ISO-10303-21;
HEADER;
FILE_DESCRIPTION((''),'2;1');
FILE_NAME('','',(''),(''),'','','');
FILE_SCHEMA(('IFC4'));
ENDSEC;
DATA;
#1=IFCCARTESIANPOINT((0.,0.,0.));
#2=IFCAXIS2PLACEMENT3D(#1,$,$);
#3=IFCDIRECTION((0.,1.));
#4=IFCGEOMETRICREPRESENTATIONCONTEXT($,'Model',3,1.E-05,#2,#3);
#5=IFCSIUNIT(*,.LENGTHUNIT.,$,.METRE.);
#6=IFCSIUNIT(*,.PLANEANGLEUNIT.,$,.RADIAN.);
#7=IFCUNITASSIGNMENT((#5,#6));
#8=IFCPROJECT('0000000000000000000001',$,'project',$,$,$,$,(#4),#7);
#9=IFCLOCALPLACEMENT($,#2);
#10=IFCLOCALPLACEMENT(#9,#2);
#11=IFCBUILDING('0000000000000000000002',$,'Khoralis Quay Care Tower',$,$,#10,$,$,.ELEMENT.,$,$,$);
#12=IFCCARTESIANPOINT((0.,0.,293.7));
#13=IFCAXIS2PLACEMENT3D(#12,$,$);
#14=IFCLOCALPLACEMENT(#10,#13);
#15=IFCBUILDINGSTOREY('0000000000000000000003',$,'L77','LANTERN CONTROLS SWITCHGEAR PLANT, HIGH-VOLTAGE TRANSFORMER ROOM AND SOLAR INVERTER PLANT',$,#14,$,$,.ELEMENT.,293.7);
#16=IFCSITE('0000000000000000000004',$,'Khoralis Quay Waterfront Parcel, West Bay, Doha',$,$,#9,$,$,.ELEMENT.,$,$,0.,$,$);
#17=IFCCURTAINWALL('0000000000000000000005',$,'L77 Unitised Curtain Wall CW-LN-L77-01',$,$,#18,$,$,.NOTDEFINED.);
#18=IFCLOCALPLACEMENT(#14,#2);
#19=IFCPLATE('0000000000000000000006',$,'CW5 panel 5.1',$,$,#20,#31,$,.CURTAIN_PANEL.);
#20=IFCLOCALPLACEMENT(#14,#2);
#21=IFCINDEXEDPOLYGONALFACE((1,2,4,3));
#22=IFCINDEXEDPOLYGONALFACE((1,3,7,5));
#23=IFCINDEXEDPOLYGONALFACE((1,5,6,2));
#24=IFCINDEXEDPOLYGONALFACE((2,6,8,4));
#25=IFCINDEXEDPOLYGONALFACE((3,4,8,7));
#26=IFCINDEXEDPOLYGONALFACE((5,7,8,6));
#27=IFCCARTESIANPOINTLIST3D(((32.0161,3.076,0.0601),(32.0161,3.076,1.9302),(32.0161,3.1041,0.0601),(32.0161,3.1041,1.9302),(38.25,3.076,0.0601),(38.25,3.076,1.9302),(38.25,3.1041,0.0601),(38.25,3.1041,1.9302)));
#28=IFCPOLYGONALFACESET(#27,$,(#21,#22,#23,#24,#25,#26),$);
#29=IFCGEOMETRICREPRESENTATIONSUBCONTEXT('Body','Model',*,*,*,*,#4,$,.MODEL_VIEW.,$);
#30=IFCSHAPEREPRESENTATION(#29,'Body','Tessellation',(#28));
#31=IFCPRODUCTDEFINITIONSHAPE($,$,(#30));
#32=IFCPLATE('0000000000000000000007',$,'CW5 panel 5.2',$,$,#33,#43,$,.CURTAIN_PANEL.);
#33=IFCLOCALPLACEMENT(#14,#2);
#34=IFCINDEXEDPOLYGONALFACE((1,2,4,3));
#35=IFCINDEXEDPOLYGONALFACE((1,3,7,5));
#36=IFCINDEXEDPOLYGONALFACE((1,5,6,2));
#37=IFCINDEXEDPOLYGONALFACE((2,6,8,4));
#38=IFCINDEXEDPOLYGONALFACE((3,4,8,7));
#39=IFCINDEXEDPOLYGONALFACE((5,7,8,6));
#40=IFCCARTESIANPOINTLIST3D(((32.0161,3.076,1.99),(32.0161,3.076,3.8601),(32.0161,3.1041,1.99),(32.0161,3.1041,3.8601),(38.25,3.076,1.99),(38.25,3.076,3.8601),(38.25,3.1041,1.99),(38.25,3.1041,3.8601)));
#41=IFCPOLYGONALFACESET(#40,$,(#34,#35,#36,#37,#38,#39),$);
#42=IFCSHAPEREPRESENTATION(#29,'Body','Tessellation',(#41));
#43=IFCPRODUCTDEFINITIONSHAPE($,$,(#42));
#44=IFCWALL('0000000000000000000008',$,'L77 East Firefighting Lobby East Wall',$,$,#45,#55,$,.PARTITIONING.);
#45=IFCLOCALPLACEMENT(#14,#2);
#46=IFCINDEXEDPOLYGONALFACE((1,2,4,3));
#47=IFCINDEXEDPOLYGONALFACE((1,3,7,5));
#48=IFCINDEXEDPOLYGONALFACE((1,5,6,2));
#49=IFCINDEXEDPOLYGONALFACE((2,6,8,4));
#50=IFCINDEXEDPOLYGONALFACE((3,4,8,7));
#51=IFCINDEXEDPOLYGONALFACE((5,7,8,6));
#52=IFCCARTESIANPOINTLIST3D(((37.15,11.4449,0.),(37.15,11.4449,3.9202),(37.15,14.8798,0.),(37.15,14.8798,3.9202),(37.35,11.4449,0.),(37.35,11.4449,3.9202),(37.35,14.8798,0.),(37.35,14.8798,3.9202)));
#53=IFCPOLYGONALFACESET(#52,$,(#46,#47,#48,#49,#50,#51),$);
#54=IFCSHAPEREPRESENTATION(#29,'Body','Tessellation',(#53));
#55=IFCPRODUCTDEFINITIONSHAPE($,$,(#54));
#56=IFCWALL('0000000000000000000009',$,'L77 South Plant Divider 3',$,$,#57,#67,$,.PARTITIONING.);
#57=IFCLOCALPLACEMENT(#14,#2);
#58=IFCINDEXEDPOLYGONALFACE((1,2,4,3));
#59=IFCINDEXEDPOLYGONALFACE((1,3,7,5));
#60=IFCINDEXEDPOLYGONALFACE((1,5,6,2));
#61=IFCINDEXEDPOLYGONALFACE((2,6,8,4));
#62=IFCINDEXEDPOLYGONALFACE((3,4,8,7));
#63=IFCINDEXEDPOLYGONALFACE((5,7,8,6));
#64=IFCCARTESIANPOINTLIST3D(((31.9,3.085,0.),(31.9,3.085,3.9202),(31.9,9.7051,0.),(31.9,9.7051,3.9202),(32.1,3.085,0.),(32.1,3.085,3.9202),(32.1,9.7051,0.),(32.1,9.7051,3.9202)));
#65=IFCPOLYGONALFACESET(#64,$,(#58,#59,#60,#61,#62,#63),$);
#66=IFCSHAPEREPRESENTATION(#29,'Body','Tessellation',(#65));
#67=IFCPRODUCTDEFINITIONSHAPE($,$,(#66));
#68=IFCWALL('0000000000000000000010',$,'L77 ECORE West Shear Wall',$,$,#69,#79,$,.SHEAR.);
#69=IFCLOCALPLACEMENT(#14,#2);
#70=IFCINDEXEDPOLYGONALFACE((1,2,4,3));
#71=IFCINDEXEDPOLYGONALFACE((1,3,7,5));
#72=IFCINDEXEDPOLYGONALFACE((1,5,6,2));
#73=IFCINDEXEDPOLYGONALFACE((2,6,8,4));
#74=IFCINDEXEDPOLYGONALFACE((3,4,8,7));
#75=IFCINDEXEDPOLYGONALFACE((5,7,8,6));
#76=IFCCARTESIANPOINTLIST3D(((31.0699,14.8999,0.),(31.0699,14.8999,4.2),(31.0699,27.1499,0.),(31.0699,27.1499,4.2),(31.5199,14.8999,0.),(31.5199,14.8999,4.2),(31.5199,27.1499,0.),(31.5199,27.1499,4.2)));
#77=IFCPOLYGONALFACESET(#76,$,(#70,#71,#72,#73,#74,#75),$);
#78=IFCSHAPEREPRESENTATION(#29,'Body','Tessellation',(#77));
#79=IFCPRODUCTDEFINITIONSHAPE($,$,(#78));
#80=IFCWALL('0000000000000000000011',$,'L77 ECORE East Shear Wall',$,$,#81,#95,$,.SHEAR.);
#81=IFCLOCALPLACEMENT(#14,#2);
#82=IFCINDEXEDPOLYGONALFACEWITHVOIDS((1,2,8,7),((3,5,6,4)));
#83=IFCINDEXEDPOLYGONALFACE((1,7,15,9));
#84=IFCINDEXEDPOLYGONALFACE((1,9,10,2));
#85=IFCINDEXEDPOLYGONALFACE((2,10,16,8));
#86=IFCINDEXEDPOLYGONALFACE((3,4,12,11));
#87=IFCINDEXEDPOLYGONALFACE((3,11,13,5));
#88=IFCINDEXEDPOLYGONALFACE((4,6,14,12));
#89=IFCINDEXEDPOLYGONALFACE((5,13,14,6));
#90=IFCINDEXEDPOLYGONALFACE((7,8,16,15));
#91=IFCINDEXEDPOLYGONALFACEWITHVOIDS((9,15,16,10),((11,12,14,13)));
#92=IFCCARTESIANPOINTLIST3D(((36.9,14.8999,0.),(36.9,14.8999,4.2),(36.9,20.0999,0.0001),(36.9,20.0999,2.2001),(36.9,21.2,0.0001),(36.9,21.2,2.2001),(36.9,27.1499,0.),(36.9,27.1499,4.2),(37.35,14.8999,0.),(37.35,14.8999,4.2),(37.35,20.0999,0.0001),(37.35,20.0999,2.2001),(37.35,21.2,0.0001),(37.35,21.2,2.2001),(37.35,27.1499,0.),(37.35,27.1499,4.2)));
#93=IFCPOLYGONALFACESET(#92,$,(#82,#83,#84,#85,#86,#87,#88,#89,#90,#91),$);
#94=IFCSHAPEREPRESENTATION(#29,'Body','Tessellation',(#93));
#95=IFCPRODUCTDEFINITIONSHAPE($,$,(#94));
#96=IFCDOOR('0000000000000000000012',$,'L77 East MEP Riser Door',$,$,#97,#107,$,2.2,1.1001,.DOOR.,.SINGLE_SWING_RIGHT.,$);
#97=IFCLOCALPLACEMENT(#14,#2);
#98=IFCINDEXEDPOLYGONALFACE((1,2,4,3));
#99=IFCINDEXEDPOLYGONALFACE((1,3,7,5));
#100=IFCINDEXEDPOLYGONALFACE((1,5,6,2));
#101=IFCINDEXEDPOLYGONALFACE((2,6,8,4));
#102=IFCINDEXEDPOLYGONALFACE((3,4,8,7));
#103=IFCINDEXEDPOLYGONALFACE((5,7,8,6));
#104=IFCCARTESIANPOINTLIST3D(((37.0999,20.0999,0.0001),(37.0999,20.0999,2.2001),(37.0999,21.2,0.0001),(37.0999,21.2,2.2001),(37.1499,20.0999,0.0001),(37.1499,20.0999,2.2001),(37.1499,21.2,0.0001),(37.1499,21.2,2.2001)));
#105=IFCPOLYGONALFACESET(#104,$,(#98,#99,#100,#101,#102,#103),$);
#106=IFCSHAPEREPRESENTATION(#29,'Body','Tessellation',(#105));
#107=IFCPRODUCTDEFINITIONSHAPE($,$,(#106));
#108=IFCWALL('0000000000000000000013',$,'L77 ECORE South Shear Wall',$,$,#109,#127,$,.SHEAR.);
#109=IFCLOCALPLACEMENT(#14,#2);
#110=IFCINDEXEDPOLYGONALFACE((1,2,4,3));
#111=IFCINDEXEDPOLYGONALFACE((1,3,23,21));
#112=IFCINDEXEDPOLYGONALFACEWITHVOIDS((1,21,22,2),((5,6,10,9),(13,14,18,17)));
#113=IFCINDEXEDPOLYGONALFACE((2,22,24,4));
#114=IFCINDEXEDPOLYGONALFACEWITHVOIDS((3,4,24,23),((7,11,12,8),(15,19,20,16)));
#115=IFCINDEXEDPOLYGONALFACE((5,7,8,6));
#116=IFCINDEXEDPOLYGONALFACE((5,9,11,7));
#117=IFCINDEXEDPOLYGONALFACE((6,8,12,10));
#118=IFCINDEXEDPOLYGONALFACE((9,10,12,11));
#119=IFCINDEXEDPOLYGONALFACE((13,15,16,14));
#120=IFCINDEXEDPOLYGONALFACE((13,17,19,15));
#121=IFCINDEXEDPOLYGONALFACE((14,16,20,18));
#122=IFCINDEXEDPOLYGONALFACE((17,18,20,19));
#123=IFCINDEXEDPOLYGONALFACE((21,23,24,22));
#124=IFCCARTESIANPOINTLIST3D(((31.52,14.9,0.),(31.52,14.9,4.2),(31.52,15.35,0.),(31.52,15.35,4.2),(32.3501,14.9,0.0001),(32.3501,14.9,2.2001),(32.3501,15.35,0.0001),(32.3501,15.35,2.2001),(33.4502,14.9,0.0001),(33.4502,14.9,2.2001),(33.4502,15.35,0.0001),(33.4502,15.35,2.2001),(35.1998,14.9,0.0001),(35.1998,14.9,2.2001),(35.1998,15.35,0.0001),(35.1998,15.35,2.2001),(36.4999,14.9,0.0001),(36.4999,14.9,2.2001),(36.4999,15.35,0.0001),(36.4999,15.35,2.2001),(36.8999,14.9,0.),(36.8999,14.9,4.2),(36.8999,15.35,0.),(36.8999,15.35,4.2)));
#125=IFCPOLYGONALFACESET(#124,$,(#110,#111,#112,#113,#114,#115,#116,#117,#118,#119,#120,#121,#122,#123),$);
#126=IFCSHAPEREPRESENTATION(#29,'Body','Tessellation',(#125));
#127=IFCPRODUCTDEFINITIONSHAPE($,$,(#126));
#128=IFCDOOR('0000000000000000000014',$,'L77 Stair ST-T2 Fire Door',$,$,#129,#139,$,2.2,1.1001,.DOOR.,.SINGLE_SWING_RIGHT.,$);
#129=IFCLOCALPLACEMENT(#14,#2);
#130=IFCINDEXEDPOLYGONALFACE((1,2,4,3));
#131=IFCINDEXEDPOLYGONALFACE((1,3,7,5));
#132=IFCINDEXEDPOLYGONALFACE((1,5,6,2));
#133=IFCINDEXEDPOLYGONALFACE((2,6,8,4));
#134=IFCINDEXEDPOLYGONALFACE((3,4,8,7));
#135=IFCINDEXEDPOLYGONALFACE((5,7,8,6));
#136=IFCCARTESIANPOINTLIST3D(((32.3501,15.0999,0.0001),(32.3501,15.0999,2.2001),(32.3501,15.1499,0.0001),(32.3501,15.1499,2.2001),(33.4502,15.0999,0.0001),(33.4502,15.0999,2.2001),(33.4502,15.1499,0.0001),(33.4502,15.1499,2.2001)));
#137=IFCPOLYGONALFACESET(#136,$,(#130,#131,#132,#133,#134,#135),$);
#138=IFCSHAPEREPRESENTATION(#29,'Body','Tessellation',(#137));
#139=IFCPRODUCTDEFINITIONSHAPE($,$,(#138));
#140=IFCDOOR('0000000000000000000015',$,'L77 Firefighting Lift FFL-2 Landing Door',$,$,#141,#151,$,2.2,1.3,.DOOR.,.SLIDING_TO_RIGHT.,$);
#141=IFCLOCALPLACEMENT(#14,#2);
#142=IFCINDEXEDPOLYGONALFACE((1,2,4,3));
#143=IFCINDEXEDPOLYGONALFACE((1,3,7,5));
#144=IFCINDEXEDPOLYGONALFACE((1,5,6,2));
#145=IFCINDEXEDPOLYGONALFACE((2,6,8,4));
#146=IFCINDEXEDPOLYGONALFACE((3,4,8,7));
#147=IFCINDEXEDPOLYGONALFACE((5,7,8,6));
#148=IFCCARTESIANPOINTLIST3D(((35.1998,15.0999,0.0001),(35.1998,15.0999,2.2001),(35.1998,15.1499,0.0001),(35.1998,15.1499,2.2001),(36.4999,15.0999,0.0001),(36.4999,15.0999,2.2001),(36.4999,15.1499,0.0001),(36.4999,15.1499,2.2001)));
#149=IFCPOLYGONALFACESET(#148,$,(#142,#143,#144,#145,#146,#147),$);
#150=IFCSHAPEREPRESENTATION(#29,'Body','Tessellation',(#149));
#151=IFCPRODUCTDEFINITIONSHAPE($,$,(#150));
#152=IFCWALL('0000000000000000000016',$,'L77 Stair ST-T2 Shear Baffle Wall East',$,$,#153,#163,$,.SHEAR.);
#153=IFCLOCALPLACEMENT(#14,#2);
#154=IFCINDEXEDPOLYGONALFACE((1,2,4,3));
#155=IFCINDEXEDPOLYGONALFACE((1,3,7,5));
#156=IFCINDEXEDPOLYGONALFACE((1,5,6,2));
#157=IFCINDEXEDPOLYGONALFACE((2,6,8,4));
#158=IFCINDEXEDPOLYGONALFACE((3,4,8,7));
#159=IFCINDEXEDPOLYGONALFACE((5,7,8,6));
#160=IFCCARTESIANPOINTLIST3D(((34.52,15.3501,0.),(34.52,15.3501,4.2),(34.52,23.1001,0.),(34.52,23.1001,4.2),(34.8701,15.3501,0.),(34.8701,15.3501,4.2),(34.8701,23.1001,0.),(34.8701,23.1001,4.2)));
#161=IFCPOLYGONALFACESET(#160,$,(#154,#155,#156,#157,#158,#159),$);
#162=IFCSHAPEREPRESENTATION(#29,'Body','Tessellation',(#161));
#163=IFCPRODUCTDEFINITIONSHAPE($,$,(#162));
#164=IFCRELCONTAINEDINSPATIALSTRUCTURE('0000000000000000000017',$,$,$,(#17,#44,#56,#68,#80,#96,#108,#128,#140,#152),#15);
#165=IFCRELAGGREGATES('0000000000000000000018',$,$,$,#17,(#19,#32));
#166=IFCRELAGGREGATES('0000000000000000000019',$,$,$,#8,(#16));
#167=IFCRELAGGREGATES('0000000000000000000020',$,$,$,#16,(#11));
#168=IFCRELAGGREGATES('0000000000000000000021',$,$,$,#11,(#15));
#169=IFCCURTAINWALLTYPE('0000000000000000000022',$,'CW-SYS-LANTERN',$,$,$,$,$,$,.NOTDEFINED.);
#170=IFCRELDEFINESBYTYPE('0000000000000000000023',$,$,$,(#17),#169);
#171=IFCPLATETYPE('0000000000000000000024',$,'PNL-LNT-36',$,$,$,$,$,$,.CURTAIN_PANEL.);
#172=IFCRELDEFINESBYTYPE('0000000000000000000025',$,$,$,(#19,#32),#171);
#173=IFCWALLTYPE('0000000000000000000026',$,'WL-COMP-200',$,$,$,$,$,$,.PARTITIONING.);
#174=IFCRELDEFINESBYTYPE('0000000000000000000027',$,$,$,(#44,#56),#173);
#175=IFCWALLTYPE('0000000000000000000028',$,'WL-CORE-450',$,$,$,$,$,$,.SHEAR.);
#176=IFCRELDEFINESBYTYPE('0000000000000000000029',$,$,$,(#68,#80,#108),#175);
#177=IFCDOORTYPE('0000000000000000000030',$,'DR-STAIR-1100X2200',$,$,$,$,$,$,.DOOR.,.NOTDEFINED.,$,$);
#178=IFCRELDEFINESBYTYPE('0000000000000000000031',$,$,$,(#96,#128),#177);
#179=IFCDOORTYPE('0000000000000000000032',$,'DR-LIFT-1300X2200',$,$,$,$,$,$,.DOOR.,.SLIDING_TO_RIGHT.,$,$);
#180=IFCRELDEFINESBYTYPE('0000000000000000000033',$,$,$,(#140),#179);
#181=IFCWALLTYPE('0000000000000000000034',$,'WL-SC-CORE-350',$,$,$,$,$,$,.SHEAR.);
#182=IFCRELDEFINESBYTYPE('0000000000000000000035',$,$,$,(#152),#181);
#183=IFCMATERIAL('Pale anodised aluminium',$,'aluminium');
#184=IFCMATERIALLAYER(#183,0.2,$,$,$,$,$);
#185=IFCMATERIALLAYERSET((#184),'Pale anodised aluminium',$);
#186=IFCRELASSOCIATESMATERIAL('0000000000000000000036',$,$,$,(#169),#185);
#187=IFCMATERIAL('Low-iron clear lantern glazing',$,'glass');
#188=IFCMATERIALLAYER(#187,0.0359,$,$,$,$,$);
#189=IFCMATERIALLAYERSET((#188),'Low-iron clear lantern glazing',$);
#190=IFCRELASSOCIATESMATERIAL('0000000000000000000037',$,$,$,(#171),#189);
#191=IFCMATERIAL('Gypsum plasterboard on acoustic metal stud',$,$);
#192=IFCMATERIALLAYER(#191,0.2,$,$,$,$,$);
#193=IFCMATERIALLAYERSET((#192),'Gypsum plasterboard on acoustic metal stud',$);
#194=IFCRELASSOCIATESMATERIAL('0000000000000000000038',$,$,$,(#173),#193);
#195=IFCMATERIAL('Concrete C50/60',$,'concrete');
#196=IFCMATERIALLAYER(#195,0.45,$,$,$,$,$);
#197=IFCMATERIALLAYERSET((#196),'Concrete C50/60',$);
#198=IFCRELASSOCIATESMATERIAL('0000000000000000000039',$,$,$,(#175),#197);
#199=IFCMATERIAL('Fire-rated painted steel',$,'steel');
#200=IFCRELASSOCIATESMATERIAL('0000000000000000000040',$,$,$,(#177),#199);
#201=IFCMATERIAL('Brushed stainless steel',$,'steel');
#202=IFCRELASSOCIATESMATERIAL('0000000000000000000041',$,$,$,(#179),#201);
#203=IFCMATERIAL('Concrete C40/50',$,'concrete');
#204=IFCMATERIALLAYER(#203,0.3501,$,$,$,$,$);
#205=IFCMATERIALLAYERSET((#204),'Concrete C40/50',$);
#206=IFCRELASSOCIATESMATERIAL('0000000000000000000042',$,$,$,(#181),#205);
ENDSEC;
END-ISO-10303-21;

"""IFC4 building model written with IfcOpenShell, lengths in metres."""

from ifc_helpers import new_model, si_unit, direction, frame, frame_2d, origin, origin_2d, place, context, subcontext, project, spatial, rectangle, extrude, source, transform, mapped, material, layer, layer_set, type_object, element, fill, aggregate, save


model = new_model("IFC4")

# Units and contexts
model_context = context("Model", 3, precision=1e-05, world=origin(), true_north=direction((0.0, 1.0)))
body_context = subcontext(model_context, "Body", "Model", "MODEL_VIEW")
ifc_project = project(units=[si_unit("LENGTHUNIT", "METRE"), si_unit("PLANEANGLEUNIT", "RADIAN")], contexts=[model_context])

# Site, building, storey
site_placement = place(None, origin())
site = spatial("IfcSite", under=ifc_project, at=site_placement, Name="Khoralis Quay Waterfront Parcel, West Bay, Doha", CompositionType="ELEMENT", RefElevation=0.0)
building_placement = place(site_placement, origin())
building = spatial("IfcBuilding", under=site, at=building_placement, Name="Khoralis Quay Care Tower", CompositionType="ELEMENT")
storey_placement = place(building_placement, frame((0.0, 0.0, 293.7)))
storey = spatial("IfcBuildingStorey", under=building, at=storey_placement, Name="L77", Description="LANTERN CONTROLS SWITCHGEAR PLANT, HIGH-VOLTAGE TRANSFORMER ROOM AND SOLAR INVERTER PLANT", CompositionType="ELEMENT", Elevation=293.7)

# Shared definitions
ifc_material_1 = material(Name="Concrete C50/60", Category="concrete")

# Curtain wall
ifc_material_2 = material(Name="Pale anodised aluminium", Category="aluminium")
ifc_layer_1 = layer(ifc_material_2, 0.2)
ifc_layer_set_1 = layer_set([ifc_layer_1], Name="Pale anodised aluminium")
curtain_wall_type = type_object("IfcCurtainWallType", Name="CW-SYS-LANTERN", PredefinedType="NOTDEFINED", material=ifc_layer_set_1)
curtain_wall_placement = place(storey_placement, origin())
curtain_wall = element("IfcCurtainWall", 1, at=curtain_wall_placement, inside=storey, type_object=curtain_wall_type, Name="L77 Unitised Curtain Wall CW-LN-L77-01", PredefinedType="NOTDEFINED")

# Plates
ifc_material_3 = material(Name="Low-iron clear lantern glazing", Category="glass")
ifc_layer_2 = layer(ifc_material_3, 0.0359)
ifc_layer_set_2 = layer_set([ifc_layer_2], Name="Low-iron clear lantern glazing")
plate_type_1 = type_object("IfcPlateType", Name="PNL-LNT-36", PredefinedType="CURTAIN_PANEL", material=ifc_layer_set_2)
shared_shape_1 = source(origin(), body_context, "Body", "SweptSolid", [
    extrude(rectangle(XDim=6.2339, YDim=0.0281, at=origin_2d()), origin(), (0.0, 0.0, 1.0), 1.8701),
])
plate_1_placement = place(storey_placement, frame((35.1331, 3.0901, 0.0601), z_axis=(0.0, 0.0, 1.0), x_axis=(1.0, 0.0, 0.0)))
plate_1 = element("IfcPlate", 2, at=plate_1_placement, type_object=plate_type_1, Name="CW5 panel 5.1", PredefinedType="CURTAIN_PANEL", context=body_context, shape_type="MappedRepresentation", body=[
    mapped(shared_shape_1, transform((0.0, 0.0, 0.0), scale=1.0)),
])
plate_2_placement = place(storey_placement, frame((35.1331, 3.0901, 1.99), z_axis=(0.0, 0.0, 1.0), x_axis=(1.0, 0.0, 0.0)))
plate_2 = element("IfcPlate", 3, at=plate_2_placement, type_object=plate_type_1, Name="CW5 panel 5.2", PredefinedType="CURTAIN_PANEL", context=body_context, shape_type="MappedRepresentation", body=[
    mapped(shared_shape_1, transform((0.0, 0.0, 0.0), scale=1.0)),
])
aggregate(curtain_wall, [plate_1, plate_2])

# Walls
ifc_material_4 = material(Name="Gypsum plasterboard on acoustic metal stud")
ifc_layer_3 = layer(ifc_material_4, 0.2)
ifc_layer_set_3 = layer_set([ifc_layer_3], Name="Gypsum plasterboard on acoustic metal stud")
wall_type_1 = type_object("IfcWallType", Name="WL-COMP-200", PredefinedType="PARTITIONING", material=ifc_layer_set_3)
wall_1_placement = place(storey_placement, frame((37.25, 11.4451, 0.0), z_axis=(0.0, 0.0, 1.0), x_axis=(0.0, 1.0, 0.0)))
element("IfcWall", 4, at=wall_1_placement, inside=storey, type_object=wall_type_1, Name="L77 East Firefighting Lobby East Wall", PredefinedType="PARTITIONING", context=body_context, shape_type="SweptSolid", body=[
    extrude(rectangle(XDim=3.4348, YDim=0.2, at=frame_2d((1.7173, 0.0))), origin(), (0.0, 0.0, 1.0), 3.9202),
])
wall_2_placement = place(storey_placement, frame((32.0, 3.085, 0.0), z_axis=(0.0, 0.0, 1.0), x_axis=(0.0, 1.0, 0.0)))
element("IfcWall", 5, at=wall_2_placement, inside=storey, type_object=wall_type_1, Name="L77 South Plant Divider 3", PredefinedType="PARTITIONING", context=body_context, shape_type="SweptSolid", body=[
    extrude(rectangle(XDim=6.6201, YDim=0.2, at=frame_2d((3.3101, 0.0))), origin(), (0.0, 0.0, 1.0), 3.9202),
])
ifc_layer_4 = layer(ifc_material_1, 0.45)
ifc_layer_set_4 = layer_set([ifc_layer_4], Name="Concrete C50/60")
wall_type_2 = type_object("IfcWallType", Name="WL-CORE-450", PredefinedType="SHEAR", material=ifc_layer_set_4)
wall_3_placement = place(storey_placement, frame((31.2949, 14.8999, 0.0), z_axis=(0.0, 0.0, 1.0), x_axis=(0.0, 1.0, 0.0)))
element("IfcWall", 6, at=wall_3_placement, inside=storey, type_object=wall_type_2, Name="L77 ECORE West Shear Wall", PredefinedType="SHEAR", context=body_context, shape_type="SweptSolid", body=[
    extrude(rectangle(XDim=12.25, YDim=0.45, at=frame_2d((6.125, 0.0))), origin(), (0.0, 0.0, 1.0), 4.2),
])

# Wall, opening, door
wall_4_placement = place(storey_placement, frame((37.125, 14.8999, 0.0), z_axis=(0.0, 0.0, 1.0), x_axis=(0.0, 1.0, 0.0)))
wall_4 = element("IfcWall", 7, at=wall_4_placement, inside=storey, type_object=wall_type_2, Name="L77 ECORE East Shear Wall", PredefinedType="SHEAR", context=body_context, shape_type="SweptSolid", body=[
    extrude(rectangle(XDim=12.25, YDim=0.45, at=frame_2d((6.125, 0.0))), origin(), (0.0, 0.0, 1.0), 4.2),
])
opening_1_placement = place(wall_4_placement, frame((5.2, 0.0, 0.0)))
opening_1 = element("IfcOpeningElement", 8, at=opening_1_placement, cuts=wall_4, PredefinedType="OPENING", context=body_context, shape_type="SweptSolid", body=[
    extrude(rectangle(XDim=1.1001, YDim=2.2, at=frame_2d((0.55, 1.1001))), frame((0.0, 0.2349, 0.0), z_axis=(0.0, -1.0, 0.0), x_axis=(1.0, 0.0, 0.0)), (0.0, 0.0, 1.0), 0.47),
])
ifc_material_5 = material(Name="Fire-rated painted steel", Category="steel")
door_type_1 = type_object("IfcDoorType", Name="DR-STAIR-1100X2200", OperationType="NOTDEFINED", PredefinedType="DOOR", material=ifc_material_5)
shared_shape_2 = source(origin(), body_context, "Body", "SweptSolid", [
    extrude(rectangle(XDim=1.1001, YDim=2.2, at=frame_2d((0.55, 1.1001))), frame((0.0, 0.0249, 0.0), z_axis=(0.0, -1.0, 0.0), x_axis=(1.0, 0.0, 0.0)), (0.0, 0.0, 1.0), 0.05),
])
door_1_placement = place(opening_1_placement, frame((1.1001, 0.0, 0.0), z_axis=(0.0, 0.0, 1.0), x_axis=(-1.0, 0.0, 0.0)))
door_1 = element("IfcDoor", 9, at=door_1_placement, inside=storey, type_object=door_type_1, Name="L77 East MEP Riser Door", OperationType="SINGLE_SWING_RIGHT", OverallHeight=2.2, OverallWidth=1.1001, PredefinedType="DOOR", context=body_context, shape_type="MappedRepresentation", body=[
    mapped(shared_shape_2, transform((0.0, 0.0, 0.0), scale=1.0)),
])
fill(opening_1, door_1)

# Wall, openings, doors
wall_5_placement = place(storey_placement, frame((31.52, 15.125, 0.0), z_axis=(0.0, 0.0, 1.0), x_axis=(1.0, 0.0, 0.0)))
wall_5 = element("IfcWall", 10, at=wall_5_placement, inside=storey, type_object=wall_type_2, Name="L77 ECORE South Shear Wall", PredefinedType="SHEAR", context=body_context, shape_type="SweptSolid", body=[
    extrude(rectangle(XDim=5.3799, YDim=0.45, at=frame_2d((2.6899, 0.0))), origin(), (0.0, 0.0, 1.0), 4.2),
])
opening_2_placement = place(wall_5_placement, frame((0.8301, 0.0, 0.0)))
opening_2 = element("IfcOpeningElement", 11, at=opening_2_placement, cuts=wall_5, PredefinedType="OPENING", context=body_context, shape_type="SweptSolid", body=[
    extrude(rectangle(XDim=1.1001, YDim=2.2, at=frame_2d((0.55, 1.1001))), frame((0.0, 0.2349, 0.0), z_axis=(0.0, -1.0, 0.0), x_axis=(1.0, 0.0, 0.0)), (0.0, 0.0, 1.0), 0.47),
])
opening_3_placement = place(wall_5_placement, frame((3.6799, 0.0, 0.0)))
opening_3 = element("IfcOpeningElement", 12, at=opening_3_placement, cuts=wall_5, PredefinedType="OPENING", context=body_context, shape_type="SweptSolid", body=[
    extrude(rectangle(XDim=1.3, YDim=2.2, at=frame_2d((0.6499, 1.1001))), frame((0.0, 0.2349, 0.0), z_axis=(0.0, -1.0, 0.0), x_axis=(1.0, 0.0, 0.0)), (0.0, 0.0, 1.0), 0.47),
])
door_2_placement = place(opening_2_placement, origin())
door_2 = element("IfcDoor", 13, at=door_2_placement, inside=storey, type_object=door_type_1, Name="L77 Stair ST-T2 Fire Door", OperationType="SINGLE_SWING_RIGHT", OverallHeight=2.2, OverallWidth=1.1001, PredefinedType="DOOR", context=body_context, shape_type="MappedRepresentation", body=[
    mapped(shared_shape_2, transform((0.0, 0.0, 0.0), scale=1.0)),
])
fill(opening_2, door_2)
ifc_material_6 = material(Name="Brushed stainless steel", Category="steel")
door_type_2 = type_object("IfcDoorType", Name="DR-LIFT-1300X2200", OperationType="SLIDING_TO_RIGHT", PredefinedType="DOOR", material=ifc_material_6)
shared_shape_3 = source(origin(), body_context, "Body", "SweptSolid", [
    extrude(rectangle(XDim=1.3, YDim=2.2, at=frame_2d((0.6499, 1.1001))), frame((0.0, 0.0249, 0.0), z_axis=(0.0, -1.0, 0.0), x_axis=(1.0, 0.0, 0.0)), (0.0, 0.0, 1.0), 0.05),
])
door_3_placement = place(opening_3_placement, origin())
door_3 = element("IfcDoor", 14, at=door_3_placement, inside=storey, type_object=door_type_2, Name="L77 Firefighting Lift FFL-2 Landing Door", OperationType="SLIDING_TO_RIGHT", OverallHeight=2.2, OverallWidth=1.3, PredefinedType="DOOR", context=body_context, shape_type="MappedRepresentation", body=[
    mapped(shared_shape_3, transform((0.0, 0.0, 0.0), scale=1.0)),
])
fill(opening_3, door_3)

# Wall
ifc_material_7 = material(Name="Concrete C40/50", Category="concrete")
ifc_layer_5 = layer(ifc_material_7, 0.3501)
ifc_layer_set_5 = layer_set([ifc_layer_5], Name="Concrete C40/50")
wall_type_3 = type_object("IfcWallType", Name="WL-SC-CORE-350", PredefinedType="SHEAR", material=ifc_layer_set_5)
wall_6_placement = place(storey_placement, frame((34.6951, 15.3501, 0.0), z_axis=(0.0, 0.0, 1.0), x_axis=(0.0, 1.0, 0.0)))
element("IfcWall", 15, at=wall_6_placement, inside=storey, type_object=wall_type_3, Name="L77 Stair ST-T2 Shear Baffle Wall East", PredefinedType="SHEAR", context=body_context, shape_type="SweptSolid", body=[
    extrude(rectangle(XDim=7.75, YDim=0.3501, at=frame_2d((3.875, 0.0))), origin(), (0.0, 0.0, 1.0), 4.2),
])

save(model, "model.ifc")
